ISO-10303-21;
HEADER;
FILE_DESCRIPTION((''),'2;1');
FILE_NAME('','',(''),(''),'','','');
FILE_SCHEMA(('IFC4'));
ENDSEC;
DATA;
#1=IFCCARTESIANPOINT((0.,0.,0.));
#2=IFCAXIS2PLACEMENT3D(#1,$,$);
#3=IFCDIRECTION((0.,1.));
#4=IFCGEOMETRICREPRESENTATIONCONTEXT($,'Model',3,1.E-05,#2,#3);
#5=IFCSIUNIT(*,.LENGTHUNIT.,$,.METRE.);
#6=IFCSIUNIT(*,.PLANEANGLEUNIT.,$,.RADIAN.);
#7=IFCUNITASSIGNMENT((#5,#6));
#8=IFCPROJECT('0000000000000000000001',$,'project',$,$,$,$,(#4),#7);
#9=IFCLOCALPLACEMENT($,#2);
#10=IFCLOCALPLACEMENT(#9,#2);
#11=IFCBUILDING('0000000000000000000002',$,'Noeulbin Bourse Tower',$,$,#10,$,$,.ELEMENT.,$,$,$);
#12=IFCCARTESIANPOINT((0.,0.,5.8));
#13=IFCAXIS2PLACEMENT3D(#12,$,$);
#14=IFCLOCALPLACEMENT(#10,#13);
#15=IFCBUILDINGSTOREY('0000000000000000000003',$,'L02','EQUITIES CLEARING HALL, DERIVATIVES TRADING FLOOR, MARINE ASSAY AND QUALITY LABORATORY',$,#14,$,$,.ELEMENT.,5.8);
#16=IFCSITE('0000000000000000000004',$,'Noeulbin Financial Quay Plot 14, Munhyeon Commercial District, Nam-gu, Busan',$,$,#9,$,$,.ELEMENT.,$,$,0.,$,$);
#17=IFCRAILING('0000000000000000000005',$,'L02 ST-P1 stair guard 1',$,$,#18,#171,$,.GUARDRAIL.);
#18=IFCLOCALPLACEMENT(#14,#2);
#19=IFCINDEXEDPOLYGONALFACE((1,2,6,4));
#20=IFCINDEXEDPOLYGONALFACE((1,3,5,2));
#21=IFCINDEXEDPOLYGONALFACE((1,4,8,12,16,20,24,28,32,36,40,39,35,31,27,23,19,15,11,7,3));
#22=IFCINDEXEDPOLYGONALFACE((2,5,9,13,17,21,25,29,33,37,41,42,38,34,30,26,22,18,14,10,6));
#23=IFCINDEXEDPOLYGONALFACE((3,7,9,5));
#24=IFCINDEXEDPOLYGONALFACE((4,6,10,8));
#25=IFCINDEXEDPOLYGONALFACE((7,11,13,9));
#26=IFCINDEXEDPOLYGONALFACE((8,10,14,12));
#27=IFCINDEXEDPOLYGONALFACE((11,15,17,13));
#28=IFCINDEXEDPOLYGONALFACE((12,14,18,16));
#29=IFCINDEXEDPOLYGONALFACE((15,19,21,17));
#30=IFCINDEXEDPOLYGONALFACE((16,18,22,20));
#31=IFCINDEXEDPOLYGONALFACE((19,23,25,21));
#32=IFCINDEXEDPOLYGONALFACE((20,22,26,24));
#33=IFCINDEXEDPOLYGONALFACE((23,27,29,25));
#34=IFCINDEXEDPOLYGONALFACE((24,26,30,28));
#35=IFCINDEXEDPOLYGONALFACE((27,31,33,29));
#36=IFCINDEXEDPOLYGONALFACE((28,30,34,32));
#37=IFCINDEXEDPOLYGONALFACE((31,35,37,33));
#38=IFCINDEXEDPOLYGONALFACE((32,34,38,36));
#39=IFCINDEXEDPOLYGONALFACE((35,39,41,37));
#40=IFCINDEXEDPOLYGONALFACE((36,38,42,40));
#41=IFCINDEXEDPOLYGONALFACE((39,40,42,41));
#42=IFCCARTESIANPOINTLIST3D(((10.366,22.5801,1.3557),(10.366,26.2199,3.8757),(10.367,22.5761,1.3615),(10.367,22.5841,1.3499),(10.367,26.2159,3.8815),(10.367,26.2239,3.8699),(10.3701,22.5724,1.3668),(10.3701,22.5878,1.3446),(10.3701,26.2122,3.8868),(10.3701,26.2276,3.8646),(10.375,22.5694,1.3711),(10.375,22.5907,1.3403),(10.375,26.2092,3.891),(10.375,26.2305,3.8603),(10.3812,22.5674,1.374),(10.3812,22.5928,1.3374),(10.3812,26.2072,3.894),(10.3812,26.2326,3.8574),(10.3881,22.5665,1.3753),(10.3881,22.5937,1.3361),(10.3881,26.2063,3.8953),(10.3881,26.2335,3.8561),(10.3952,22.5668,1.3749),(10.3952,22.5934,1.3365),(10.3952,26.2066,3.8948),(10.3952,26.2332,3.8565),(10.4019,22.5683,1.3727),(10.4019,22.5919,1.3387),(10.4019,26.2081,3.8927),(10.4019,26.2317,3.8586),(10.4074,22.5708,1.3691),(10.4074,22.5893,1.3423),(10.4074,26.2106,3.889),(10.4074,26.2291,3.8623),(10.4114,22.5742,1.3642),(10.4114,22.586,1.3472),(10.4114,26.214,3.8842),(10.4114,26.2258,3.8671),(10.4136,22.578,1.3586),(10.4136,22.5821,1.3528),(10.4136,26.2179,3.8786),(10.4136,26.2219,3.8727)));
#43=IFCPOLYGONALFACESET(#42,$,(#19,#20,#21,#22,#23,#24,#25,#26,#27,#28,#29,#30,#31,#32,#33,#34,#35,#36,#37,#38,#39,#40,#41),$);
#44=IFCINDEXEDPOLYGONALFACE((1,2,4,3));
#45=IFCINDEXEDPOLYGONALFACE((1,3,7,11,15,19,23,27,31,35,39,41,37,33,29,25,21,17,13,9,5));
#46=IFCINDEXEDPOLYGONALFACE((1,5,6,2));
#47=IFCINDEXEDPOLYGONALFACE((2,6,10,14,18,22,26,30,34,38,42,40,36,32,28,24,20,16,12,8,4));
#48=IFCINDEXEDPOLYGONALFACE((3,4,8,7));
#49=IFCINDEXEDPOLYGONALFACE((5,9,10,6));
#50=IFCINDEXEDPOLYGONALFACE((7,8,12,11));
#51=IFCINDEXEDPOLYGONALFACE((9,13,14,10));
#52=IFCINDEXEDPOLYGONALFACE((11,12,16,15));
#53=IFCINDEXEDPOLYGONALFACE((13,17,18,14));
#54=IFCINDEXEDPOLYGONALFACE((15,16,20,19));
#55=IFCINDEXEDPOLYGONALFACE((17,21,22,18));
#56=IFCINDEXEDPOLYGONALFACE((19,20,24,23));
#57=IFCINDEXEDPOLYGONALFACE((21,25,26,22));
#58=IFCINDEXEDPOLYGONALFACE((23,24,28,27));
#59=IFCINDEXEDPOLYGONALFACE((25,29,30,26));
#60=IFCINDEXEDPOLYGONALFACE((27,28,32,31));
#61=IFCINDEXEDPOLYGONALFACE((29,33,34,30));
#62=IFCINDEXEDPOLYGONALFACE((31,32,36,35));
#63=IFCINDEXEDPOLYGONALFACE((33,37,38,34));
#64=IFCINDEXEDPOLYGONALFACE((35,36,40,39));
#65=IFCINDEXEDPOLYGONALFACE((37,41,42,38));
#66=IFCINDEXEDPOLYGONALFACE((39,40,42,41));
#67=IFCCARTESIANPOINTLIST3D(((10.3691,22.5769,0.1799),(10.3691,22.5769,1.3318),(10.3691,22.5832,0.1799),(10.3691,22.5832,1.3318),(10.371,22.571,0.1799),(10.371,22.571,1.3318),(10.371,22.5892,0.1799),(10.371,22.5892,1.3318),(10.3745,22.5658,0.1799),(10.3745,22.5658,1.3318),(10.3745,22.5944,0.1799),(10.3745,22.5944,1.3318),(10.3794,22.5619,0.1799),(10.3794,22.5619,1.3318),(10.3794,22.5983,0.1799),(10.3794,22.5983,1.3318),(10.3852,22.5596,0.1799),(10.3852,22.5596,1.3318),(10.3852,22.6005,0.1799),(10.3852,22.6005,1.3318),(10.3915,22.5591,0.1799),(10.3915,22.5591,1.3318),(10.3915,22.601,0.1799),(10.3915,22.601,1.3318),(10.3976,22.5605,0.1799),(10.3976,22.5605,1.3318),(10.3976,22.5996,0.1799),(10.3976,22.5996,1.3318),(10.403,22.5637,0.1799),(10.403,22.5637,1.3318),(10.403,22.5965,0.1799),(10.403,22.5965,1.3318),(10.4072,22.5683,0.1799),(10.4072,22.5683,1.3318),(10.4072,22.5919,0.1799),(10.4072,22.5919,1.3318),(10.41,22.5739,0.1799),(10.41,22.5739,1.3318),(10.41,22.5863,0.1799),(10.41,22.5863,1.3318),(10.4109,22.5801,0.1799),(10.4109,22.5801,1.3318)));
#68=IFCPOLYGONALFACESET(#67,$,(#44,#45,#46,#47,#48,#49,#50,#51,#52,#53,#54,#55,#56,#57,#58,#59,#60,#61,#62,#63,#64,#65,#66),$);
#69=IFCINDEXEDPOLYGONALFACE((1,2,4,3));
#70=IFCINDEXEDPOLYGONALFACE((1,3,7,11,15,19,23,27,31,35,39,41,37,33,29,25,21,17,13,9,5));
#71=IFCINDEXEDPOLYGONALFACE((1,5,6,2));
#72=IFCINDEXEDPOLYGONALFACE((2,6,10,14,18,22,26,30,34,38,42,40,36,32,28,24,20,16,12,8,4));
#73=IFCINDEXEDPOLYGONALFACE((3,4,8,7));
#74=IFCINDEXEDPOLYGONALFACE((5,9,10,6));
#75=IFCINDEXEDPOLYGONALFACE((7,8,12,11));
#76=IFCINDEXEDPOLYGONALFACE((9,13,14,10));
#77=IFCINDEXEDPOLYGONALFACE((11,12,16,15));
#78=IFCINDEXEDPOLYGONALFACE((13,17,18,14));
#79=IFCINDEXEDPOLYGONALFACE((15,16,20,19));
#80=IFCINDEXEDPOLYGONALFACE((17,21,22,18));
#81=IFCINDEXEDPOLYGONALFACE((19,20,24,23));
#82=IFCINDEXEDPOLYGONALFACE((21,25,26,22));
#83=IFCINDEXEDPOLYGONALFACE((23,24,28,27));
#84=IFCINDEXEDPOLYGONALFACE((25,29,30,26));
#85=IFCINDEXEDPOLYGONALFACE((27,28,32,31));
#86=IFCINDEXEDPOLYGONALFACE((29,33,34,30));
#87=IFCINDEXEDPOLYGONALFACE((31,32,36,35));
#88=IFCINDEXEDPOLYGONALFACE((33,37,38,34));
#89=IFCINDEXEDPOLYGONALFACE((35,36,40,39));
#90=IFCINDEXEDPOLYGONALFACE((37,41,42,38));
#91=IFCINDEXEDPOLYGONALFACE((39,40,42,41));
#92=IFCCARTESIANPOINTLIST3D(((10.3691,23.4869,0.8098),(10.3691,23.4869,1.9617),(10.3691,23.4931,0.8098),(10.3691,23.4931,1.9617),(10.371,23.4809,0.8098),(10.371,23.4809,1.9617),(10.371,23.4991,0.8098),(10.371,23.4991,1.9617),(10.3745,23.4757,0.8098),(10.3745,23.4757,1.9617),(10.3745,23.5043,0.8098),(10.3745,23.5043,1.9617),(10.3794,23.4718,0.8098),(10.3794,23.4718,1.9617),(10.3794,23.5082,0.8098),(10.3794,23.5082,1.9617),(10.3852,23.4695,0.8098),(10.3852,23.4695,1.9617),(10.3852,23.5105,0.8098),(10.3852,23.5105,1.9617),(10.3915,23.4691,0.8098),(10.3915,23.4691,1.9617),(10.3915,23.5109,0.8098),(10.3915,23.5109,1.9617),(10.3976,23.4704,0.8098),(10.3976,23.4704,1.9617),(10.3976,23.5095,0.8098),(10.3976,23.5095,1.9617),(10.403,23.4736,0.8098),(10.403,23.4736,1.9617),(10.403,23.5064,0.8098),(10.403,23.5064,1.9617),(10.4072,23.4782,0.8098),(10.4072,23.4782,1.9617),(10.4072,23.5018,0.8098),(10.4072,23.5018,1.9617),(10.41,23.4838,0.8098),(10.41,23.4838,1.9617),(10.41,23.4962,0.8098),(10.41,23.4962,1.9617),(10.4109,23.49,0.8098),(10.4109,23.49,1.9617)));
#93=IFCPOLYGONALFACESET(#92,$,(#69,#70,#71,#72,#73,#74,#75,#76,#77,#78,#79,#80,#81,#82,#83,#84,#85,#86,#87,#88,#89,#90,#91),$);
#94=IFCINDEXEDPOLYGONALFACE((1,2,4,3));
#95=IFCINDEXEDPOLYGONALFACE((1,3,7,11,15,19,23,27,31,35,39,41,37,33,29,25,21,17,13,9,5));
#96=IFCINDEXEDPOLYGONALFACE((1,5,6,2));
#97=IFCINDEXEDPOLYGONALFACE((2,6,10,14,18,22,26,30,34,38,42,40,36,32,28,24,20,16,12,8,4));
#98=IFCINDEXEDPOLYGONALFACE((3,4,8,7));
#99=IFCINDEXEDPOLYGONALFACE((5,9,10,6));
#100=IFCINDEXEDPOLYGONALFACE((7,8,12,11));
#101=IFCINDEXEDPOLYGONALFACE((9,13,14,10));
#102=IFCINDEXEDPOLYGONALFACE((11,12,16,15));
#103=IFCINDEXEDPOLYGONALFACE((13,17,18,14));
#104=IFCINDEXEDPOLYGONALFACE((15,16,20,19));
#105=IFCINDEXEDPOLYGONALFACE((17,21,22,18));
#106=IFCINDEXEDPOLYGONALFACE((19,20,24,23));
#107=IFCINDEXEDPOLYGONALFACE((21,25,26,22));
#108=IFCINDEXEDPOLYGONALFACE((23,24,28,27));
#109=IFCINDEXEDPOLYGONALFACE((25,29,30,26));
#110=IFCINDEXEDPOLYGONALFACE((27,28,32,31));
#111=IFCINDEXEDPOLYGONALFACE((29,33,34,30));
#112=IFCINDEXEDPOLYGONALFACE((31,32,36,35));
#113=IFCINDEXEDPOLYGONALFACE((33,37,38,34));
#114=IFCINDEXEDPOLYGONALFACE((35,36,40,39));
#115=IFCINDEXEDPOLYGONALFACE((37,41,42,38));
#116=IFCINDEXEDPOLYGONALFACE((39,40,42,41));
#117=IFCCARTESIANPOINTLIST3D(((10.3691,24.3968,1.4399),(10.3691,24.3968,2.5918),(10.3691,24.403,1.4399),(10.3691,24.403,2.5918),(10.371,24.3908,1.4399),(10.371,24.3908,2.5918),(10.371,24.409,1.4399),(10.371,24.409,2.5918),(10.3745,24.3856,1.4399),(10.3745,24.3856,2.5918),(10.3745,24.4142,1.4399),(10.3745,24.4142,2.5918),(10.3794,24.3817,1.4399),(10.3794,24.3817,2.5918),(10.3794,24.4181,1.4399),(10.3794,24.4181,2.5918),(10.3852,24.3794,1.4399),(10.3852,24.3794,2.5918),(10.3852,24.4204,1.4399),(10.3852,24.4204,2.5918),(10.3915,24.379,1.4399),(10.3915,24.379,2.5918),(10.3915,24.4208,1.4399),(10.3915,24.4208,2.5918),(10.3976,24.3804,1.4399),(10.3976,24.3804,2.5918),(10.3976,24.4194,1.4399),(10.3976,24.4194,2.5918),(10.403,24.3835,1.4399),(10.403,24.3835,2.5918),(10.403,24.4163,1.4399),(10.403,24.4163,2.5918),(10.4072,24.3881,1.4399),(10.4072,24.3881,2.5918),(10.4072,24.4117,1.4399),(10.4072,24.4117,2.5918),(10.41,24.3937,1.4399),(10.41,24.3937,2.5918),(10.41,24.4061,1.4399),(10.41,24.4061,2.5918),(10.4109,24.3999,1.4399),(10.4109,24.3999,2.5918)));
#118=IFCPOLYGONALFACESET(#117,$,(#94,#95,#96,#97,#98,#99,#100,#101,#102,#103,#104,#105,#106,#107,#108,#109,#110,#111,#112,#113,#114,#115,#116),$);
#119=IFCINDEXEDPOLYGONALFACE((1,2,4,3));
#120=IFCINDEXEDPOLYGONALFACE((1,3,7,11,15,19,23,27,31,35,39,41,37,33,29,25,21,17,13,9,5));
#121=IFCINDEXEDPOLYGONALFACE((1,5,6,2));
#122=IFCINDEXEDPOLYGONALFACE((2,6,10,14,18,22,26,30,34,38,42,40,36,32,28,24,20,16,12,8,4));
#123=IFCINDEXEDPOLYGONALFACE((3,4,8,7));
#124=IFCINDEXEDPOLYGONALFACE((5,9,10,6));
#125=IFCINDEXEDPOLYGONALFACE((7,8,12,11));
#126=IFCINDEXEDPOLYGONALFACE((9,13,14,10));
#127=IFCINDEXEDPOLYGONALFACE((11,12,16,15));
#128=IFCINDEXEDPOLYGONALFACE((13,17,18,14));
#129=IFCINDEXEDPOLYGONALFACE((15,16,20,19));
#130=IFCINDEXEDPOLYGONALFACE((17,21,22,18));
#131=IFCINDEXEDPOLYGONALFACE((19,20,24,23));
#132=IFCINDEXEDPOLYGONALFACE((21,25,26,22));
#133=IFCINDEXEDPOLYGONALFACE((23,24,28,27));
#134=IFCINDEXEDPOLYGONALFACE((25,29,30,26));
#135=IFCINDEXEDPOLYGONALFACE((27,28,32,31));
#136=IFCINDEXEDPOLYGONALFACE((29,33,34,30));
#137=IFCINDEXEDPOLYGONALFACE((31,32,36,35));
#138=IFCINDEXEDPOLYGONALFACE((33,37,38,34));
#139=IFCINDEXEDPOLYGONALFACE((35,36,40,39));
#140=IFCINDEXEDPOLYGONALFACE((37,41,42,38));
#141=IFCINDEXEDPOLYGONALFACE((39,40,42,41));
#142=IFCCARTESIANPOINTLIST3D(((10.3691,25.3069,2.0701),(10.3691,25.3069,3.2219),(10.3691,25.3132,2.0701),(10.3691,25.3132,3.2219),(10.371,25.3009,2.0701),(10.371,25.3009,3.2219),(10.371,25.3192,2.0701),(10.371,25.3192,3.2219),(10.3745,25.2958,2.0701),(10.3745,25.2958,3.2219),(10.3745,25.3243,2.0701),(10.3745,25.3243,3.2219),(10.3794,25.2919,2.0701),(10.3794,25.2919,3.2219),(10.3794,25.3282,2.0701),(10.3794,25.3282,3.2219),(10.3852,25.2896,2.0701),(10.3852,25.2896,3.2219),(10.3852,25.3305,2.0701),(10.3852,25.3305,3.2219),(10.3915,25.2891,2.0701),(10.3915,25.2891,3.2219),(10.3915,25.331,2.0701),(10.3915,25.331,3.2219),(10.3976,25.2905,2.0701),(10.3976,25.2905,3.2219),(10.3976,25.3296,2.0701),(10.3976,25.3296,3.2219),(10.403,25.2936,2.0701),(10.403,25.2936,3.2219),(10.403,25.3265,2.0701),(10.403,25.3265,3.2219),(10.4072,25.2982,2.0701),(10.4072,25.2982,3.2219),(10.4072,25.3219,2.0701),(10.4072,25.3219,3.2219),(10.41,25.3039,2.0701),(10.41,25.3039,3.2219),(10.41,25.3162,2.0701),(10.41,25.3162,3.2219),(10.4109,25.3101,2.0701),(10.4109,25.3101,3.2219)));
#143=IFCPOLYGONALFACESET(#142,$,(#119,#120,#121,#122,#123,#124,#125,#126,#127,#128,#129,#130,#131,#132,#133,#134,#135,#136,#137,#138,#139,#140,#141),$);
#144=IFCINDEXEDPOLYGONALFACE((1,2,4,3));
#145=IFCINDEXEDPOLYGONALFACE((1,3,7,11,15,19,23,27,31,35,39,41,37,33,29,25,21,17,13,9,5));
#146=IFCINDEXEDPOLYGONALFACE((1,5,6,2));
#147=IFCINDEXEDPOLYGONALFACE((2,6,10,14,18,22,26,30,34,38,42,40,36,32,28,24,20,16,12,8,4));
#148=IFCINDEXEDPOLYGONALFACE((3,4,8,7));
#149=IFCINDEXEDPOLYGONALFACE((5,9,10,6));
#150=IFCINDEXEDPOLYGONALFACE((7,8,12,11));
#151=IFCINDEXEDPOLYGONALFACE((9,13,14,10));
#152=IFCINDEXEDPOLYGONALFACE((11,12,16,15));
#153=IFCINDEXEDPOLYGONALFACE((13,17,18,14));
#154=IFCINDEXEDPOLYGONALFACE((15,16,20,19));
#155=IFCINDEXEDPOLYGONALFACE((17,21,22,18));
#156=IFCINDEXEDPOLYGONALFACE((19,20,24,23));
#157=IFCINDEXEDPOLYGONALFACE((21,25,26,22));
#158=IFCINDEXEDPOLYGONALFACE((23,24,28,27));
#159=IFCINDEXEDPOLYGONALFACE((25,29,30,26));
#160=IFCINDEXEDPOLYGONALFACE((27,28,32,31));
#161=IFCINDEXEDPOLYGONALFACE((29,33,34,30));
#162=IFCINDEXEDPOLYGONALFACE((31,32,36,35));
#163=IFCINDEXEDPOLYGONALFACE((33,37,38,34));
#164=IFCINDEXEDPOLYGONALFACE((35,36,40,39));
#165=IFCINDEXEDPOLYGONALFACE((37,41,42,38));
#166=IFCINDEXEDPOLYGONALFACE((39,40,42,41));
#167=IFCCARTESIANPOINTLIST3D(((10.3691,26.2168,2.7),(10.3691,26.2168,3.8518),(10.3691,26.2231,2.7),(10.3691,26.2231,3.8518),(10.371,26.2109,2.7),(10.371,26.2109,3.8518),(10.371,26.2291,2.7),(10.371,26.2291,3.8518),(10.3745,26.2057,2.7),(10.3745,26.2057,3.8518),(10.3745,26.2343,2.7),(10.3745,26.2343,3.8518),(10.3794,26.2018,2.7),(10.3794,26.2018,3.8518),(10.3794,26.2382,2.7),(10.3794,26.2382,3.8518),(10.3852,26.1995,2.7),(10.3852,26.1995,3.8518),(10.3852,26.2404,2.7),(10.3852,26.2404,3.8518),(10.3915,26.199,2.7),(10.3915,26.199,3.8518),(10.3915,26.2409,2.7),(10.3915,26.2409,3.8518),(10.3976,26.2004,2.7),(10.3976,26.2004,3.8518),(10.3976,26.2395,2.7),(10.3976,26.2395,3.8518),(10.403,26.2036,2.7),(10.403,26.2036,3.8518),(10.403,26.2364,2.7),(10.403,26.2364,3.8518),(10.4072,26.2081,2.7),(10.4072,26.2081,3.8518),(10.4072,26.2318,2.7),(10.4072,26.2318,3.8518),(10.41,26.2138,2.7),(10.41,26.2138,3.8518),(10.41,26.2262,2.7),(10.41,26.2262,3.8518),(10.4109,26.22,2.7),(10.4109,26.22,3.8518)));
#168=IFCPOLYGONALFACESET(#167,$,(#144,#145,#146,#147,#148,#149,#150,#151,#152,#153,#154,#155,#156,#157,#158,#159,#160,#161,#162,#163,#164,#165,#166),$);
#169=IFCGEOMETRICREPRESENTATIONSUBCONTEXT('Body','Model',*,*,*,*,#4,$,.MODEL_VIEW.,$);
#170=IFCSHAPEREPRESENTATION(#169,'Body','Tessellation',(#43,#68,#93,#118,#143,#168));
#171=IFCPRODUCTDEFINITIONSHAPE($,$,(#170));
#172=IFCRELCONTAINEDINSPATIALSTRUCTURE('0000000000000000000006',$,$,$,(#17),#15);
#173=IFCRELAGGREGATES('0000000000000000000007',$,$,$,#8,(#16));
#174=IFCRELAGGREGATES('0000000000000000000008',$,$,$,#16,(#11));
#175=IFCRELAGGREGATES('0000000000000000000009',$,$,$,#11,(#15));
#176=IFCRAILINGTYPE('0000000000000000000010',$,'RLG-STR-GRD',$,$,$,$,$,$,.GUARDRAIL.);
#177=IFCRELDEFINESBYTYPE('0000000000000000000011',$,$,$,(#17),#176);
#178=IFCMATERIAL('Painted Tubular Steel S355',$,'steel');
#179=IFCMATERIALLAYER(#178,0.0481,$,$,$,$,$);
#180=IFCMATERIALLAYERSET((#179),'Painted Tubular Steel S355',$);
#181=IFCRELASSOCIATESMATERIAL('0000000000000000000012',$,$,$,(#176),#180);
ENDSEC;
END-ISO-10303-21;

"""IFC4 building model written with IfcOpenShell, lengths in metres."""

from ifc_helpers import new_model, si_unit, direction, frame, origin, origin_2d, place, context, subcontext, project, spatial, circle, extrude, material, layer, layer_set, type_object, element, save


model = new_model("IFC4")

# Units and contexts
model_context = context("Model", 3, precision=1e-05, world=origin(), true_north=direction((0.0, 1.0)))
body_context = subcontext(model_context, "Body", "Model", "MODEL_VIEW")
ifc_project = project(units=[si_unit("LENGTHUNIT", "METRE"), si_unit("PLANEANGLEUNIT", "RADIAN")], contexts=[model_context])

# Site, building, storey
site_placement = place(None, origin())
site = spatial("IfcSite", under=ifc_project, at=site_placement, Name="Noeulbin Financial Quay Plot 14, Munhyeon Commercial District, Nam-gu, Busan", CompositionType="ELEMENT", RefElevation=0.0)
building_placement = place(site_placement, origin())
building = spatial("IfcBuilding", under=site, at=building_placement, Name="Noeulbin Bourse Tower", CompositionType="ELEMENT")
storey_placement = place(building_placement, frame((0.0, 0.0, 5.8)))
storey = spatial("IfcBuildingStorey", under=building, at=storey_placement, Name="L02", Description="EQUITIES CLEARING HALL, DERIVATIVES TRADING FLOOR, MARINE ASSAY AND QUALITY LABORATORY", CompositionType="ELEMENT", Elevation=5.8)

# Railing
ifc_material_1 = material(Name="Painted Tubular Steel S355", Category="steel")
ifc_layer_1 = layer(ifc_material_1, 0.0481)
ifc_layer_set_1 = layer_set([ifc_layer_1], Name="Painted Tubular Steel S355")
railing_type_1 = type_object("IfcRailingType", Name="RLG-STR-GRD", PredefinedType="GUARDRAIL", material=ifc_layer_set_1)
railing_1_placement = place(storey_placement, frame((10.3899, 22.5801, 0.1799)))
element("IfcRailing", 1, at=railing_1_placement, inside=storey, type_object=railing_type_1, Name="L02 ST-P1 stair guard 1", PredefinedType="GUARDRAIL", context=body_context, shape_type="SweptSolid", body=[
    extrude(circle(Radius=0.0239, at=origin_2d()), frame((0.0, 0.0, 1.1758), z_axis=(0.0, 0.822182, 0.569224), x_axis=(-1.0, 0.0, 0.0)), (0.0, 0.0, 1.0), 4.427),
    extrude(circle(Radius=0.021, at=origin_2d()), origin(), (0.0, 0.0, 1.0), 1.1519),
    extrude(circle(Radius=0.021, at=origin_2d()), frame((0.0, 0.9099, 0.6299)), (0.0, 0.0, 1.0), 1.1519),
    extrude(circle(Radius=0.021, at=origin_2d()), frame((0.0, 1.8198, 1.26)), (0.0, 0.0, 1.0), 1.1519),
    extrude(circle(Radius=0.021, at=origin_2d()), frame((0.0, 2.73, 1.8901)), (0.0, 0.0, 1.0), 1.1519),
    extrude(circle(Radius=0.021, at=origin_2d()), frame((0.0, 3.6399, 2.52)), (0.0, 0.0, 1.0), 1.1519),
])

save(model, "model.ifc")
